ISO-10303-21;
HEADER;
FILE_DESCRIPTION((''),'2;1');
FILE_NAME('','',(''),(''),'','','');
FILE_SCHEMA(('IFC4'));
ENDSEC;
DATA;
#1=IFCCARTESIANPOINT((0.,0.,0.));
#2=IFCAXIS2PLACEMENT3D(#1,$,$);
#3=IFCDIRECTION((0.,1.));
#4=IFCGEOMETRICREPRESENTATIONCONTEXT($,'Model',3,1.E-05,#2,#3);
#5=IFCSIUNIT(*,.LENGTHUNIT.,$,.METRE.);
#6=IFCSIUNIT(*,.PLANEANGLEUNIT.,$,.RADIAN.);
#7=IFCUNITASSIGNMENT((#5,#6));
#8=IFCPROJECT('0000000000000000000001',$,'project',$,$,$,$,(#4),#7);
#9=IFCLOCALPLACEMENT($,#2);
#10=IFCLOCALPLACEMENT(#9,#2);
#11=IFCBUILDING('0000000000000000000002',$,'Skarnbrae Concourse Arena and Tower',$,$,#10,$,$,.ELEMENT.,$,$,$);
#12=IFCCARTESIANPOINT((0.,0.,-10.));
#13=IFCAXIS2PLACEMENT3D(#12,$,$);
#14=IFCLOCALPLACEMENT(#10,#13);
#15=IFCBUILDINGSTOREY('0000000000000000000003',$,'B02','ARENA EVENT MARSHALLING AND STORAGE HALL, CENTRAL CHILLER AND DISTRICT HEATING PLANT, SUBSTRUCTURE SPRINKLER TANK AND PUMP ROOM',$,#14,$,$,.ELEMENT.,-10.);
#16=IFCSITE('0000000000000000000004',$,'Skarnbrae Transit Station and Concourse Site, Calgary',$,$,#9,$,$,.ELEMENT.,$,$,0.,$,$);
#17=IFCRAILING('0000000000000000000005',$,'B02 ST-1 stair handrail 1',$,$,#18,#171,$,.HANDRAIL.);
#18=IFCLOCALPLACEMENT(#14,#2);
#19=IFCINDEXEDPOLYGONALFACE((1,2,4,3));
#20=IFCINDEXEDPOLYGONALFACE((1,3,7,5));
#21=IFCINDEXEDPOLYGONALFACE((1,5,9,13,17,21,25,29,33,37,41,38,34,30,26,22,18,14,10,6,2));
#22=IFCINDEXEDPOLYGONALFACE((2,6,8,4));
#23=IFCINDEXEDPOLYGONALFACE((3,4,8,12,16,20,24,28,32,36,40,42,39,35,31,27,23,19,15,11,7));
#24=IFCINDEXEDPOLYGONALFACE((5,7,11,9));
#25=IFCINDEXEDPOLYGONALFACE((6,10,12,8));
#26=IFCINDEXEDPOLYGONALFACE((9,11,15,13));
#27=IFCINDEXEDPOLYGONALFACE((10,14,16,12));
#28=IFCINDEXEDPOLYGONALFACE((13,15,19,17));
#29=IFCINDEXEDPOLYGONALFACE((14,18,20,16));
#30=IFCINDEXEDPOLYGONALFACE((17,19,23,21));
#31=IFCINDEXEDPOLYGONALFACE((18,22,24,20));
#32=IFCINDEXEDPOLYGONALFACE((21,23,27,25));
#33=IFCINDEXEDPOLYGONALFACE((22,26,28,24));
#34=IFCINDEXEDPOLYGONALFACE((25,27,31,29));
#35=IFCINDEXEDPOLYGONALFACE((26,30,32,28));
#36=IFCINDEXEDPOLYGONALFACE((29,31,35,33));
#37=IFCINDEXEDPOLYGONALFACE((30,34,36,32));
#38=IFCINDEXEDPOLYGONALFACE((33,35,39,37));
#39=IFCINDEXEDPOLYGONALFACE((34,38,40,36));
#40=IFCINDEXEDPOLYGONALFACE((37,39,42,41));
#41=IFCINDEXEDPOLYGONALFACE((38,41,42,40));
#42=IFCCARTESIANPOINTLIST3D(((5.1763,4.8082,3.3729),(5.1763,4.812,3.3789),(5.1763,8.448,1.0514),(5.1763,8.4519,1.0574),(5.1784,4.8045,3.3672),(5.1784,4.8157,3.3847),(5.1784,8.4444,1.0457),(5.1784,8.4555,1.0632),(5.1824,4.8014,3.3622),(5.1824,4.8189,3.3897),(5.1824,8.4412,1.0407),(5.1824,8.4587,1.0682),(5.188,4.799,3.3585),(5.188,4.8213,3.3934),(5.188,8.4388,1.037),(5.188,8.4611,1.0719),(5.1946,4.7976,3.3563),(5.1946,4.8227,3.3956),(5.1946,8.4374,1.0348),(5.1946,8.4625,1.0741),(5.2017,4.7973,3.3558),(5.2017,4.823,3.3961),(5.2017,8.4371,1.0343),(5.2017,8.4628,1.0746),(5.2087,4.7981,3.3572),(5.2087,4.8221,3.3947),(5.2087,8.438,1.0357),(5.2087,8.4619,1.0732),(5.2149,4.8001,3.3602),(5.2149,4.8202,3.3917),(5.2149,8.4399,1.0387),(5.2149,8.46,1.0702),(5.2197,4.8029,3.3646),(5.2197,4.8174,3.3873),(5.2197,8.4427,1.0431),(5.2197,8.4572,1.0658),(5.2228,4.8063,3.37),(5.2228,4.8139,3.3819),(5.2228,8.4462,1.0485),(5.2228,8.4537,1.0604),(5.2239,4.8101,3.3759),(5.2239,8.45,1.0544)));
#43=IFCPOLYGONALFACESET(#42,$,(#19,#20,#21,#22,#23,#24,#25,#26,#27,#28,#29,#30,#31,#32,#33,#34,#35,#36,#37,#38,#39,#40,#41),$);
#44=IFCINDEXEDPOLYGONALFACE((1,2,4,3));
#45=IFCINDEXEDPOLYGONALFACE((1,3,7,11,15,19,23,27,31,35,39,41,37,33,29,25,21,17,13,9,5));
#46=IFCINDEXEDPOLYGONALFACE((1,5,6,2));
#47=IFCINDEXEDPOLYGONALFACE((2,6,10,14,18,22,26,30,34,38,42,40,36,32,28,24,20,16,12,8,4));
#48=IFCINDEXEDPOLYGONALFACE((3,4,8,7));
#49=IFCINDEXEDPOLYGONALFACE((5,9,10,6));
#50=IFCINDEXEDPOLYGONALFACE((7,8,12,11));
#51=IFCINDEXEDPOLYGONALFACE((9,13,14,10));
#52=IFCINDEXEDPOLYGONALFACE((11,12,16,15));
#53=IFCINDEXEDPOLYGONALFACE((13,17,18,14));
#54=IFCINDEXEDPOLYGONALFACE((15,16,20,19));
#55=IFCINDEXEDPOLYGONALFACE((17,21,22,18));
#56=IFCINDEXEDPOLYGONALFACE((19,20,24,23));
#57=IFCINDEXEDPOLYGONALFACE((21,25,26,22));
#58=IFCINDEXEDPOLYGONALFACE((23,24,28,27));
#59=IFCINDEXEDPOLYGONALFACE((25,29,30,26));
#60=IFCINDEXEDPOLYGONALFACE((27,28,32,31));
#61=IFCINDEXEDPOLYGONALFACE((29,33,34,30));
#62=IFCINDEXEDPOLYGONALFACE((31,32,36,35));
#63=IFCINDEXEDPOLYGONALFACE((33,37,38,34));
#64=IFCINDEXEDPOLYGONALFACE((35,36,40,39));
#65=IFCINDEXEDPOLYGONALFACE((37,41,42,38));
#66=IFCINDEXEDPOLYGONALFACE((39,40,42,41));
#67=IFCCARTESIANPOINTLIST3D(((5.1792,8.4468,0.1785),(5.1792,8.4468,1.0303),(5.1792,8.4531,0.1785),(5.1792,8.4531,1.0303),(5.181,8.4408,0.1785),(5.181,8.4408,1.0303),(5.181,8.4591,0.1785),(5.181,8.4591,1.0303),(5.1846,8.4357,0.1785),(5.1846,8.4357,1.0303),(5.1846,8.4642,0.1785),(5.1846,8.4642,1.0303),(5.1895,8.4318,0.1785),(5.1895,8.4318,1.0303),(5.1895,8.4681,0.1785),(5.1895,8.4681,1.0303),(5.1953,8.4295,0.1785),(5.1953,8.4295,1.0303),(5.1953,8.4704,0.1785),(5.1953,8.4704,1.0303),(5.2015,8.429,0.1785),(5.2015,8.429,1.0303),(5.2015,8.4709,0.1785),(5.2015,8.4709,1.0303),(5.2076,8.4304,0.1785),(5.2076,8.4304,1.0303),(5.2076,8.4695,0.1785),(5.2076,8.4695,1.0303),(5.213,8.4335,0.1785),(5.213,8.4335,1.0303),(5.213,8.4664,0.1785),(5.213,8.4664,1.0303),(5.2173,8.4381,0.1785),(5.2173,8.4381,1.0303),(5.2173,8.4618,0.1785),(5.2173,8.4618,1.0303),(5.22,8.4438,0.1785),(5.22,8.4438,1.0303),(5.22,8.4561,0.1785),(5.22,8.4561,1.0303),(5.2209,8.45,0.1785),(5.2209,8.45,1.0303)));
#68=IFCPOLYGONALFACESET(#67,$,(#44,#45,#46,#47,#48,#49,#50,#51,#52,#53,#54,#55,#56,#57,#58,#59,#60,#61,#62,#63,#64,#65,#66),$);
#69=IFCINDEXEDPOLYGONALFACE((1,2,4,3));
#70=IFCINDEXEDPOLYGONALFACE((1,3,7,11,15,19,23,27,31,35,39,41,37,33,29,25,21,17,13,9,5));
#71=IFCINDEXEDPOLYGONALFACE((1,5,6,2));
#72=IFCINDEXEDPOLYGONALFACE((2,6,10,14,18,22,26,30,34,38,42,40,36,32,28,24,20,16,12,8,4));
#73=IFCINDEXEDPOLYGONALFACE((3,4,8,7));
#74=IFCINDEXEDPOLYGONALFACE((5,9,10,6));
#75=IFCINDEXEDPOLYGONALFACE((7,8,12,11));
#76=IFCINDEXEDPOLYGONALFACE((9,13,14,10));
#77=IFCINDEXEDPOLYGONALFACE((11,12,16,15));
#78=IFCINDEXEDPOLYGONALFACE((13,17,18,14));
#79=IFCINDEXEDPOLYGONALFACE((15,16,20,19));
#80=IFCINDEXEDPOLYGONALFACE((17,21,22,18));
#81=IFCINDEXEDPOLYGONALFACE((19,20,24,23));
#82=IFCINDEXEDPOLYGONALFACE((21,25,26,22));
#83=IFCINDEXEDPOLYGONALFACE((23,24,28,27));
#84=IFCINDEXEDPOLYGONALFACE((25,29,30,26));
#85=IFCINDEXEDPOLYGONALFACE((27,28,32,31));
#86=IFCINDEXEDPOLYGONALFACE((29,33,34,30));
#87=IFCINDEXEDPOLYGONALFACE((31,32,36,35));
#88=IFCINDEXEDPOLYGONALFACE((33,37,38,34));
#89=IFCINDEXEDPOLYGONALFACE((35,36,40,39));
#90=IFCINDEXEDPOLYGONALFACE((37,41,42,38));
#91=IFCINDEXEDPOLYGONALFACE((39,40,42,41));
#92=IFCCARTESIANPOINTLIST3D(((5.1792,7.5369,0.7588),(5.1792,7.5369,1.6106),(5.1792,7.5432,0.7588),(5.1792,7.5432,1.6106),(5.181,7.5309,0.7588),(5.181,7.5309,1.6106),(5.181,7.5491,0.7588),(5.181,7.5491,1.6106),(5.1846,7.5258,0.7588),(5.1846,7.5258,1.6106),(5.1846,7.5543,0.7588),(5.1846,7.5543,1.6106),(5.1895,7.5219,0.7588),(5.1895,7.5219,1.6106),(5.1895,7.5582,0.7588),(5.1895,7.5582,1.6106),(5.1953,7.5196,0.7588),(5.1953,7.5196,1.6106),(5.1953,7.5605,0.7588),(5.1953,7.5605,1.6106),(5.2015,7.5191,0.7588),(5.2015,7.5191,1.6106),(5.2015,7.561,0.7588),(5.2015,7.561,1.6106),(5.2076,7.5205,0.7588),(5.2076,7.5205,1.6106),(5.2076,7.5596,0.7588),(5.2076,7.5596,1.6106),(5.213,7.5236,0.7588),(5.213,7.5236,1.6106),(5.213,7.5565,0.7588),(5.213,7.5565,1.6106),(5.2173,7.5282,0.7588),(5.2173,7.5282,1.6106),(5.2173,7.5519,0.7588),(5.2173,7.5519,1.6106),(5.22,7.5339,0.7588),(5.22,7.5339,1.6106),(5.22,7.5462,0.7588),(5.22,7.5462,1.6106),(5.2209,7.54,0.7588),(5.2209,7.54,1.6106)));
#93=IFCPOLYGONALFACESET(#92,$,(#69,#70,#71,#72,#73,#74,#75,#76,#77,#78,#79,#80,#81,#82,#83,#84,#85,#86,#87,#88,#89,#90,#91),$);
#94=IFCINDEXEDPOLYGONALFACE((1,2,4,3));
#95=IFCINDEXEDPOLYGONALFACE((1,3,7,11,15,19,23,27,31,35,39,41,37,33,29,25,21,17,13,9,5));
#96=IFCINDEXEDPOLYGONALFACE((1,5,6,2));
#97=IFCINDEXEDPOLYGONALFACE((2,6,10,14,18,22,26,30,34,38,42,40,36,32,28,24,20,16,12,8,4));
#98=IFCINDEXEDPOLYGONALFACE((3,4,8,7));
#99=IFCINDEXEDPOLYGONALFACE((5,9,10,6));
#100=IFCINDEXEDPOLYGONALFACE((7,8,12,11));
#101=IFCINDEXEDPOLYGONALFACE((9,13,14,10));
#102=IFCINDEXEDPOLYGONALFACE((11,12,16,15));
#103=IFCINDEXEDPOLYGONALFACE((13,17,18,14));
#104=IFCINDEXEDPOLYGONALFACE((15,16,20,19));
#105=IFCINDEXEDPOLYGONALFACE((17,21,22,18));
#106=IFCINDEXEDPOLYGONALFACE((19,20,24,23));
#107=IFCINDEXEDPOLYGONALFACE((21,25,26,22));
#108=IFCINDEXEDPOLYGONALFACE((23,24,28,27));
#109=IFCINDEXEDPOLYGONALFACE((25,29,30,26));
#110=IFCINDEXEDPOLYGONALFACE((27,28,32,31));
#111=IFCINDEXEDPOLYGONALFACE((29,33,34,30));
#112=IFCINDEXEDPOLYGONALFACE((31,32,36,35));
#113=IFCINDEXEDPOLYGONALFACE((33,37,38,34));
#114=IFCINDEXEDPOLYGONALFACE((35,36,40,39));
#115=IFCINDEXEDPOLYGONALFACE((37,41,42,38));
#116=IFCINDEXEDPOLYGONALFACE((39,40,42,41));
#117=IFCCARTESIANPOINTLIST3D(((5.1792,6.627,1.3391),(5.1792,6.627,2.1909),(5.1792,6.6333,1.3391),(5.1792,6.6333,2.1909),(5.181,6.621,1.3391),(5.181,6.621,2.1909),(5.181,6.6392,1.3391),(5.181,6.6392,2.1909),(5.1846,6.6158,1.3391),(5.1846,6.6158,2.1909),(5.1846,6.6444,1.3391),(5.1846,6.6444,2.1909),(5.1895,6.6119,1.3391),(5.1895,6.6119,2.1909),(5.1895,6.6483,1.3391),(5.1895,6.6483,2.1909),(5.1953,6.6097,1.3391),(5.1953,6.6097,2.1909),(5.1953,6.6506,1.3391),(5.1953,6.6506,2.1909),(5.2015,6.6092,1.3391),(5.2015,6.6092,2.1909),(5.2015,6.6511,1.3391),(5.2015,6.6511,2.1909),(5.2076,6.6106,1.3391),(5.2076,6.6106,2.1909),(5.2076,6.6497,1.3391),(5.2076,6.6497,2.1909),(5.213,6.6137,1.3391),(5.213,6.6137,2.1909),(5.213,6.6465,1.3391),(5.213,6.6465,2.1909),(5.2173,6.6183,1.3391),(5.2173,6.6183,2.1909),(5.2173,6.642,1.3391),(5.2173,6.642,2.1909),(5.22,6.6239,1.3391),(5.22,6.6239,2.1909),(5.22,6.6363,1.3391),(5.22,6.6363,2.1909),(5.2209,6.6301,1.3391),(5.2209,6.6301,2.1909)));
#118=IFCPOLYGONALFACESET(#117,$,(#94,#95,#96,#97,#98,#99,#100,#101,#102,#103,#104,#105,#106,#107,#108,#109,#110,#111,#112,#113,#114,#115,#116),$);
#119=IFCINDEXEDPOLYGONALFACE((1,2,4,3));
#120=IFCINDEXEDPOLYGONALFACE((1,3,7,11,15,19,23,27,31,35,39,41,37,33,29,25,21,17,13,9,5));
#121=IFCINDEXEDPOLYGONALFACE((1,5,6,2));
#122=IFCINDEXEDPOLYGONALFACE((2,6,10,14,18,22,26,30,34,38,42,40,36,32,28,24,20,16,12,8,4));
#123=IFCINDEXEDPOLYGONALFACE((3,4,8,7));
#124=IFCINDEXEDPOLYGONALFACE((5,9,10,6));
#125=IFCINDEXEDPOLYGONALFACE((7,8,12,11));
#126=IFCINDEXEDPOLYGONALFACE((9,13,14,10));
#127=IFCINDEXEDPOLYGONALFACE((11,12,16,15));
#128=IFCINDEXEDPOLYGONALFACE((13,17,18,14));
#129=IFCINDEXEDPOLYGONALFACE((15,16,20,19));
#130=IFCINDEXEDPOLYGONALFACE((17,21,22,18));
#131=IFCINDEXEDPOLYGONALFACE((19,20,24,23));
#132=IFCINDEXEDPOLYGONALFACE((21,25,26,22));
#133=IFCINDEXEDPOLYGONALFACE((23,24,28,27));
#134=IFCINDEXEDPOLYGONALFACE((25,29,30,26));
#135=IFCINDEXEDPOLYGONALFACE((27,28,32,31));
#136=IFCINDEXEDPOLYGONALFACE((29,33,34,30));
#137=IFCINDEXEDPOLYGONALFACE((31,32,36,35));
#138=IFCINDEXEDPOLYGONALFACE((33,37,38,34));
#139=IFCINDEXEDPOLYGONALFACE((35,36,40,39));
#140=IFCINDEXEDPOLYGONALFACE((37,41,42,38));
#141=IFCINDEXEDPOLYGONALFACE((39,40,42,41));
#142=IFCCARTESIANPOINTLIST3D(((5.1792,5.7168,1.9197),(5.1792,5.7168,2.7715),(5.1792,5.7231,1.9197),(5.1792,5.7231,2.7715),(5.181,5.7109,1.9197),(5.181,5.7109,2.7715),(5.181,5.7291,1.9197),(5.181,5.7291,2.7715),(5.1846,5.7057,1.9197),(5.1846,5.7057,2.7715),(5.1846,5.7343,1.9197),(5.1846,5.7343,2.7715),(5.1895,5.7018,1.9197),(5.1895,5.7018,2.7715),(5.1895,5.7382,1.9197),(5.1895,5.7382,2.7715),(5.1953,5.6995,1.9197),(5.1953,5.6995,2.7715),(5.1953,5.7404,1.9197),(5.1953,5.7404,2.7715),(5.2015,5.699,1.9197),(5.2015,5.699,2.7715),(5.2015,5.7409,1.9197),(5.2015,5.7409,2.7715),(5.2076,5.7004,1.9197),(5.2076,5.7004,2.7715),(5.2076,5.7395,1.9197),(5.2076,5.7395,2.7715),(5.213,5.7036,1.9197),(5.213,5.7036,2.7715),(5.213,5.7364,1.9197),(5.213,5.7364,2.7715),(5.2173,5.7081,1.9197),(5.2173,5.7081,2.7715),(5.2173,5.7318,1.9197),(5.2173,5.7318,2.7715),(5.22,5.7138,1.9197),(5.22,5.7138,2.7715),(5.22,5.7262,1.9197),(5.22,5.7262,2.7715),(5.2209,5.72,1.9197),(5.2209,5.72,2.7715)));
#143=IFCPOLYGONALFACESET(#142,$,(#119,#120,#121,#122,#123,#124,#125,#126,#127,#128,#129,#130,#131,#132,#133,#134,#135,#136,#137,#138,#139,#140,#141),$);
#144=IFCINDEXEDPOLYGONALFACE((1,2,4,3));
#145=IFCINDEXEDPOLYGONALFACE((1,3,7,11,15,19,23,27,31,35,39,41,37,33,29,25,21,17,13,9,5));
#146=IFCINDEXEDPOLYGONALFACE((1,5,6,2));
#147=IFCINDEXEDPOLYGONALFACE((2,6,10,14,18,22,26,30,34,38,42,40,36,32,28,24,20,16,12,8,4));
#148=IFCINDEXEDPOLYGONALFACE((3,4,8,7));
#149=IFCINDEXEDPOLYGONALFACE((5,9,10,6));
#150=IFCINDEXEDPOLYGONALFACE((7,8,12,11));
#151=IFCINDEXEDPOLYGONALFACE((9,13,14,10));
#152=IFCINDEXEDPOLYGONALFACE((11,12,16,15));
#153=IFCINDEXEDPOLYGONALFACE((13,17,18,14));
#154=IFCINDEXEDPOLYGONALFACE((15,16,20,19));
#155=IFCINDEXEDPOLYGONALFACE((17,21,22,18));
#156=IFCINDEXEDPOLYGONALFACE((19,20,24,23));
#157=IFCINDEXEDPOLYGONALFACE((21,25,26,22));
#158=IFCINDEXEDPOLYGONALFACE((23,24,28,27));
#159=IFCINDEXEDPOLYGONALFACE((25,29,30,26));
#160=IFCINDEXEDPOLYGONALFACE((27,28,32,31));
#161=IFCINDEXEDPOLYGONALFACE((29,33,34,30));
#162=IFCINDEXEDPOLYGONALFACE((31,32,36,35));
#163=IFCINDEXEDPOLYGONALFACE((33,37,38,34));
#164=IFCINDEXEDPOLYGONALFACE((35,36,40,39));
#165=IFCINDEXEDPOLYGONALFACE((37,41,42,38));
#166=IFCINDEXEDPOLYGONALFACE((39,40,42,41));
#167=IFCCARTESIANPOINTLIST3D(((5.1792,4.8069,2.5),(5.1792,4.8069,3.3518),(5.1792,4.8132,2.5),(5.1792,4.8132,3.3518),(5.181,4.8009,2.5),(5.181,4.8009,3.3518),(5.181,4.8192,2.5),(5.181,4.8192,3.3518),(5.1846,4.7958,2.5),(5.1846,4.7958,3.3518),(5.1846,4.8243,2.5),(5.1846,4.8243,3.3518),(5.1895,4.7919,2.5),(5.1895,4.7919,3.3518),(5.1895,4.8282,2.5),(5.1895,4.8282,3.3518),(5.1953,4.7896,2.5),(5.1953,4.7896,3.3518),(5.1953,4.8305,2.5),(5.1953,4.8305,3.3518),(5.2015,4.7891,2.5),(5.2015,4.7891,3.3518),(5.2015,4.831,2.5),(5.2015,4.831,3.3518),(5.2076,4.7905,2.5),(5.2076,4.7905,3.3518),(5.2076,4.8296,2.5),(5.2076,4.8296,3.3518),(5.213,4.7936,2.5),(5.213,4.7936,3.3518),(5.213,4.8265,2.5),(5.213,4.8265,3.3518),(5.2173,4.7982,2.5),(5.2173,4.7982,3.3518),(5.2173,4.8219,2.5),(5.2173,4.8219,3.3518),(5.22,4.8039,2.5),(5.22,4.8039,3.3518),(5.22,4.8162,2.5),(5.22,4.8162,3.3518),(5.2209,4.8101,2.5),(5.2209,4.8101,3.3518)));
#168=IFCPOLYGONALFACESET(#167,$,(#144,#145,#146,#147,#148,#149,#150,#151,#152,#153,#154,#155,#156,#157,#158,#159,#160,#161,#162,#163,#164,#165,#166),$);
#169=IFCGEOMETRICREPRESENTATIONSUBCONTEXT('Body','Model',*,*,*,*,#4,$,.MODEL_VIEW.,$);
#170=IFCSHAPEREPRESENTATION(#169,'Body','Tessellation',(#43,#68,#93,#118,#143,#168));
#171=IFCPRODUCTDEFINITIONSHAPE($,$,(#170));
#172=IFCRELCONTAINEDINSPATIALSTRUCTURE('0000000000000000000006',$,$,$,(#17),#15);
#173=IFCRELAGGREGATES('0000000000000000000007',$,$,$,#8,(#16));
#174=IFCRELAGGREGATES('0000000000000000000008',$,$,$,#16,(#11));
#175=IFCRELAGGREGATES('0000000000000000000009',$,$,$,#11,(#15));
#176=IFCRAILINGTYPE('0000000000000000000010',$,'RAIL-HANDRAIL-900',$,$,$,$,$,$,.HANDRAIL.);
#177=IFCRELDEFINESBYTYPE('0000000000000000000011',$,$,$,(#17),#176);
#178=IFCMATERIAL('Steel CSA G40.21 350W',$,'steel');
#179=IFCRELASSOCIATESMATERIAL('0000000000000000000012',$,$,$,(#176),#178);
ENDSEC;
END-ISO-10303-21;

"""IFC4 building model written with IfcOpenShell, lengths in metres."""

from ifc_helpers import new_model, si_unit, direction, frame, origin, origin_2d, place, context, subcontext, project, spatial, circle, extrude, material, type_object, element, save


model = new_model("IFC4")

# Units and contexts
model_context = context("Model", 3, precision=1e-05, world=origin(), true_north=direction((0.0, 1.0)))
body_context = subcontext(model_context, "Body", "Model", "MODEL_VIEW")
ifc_project = project(units=[si_unit("LENGTHUNIT", "METRE"), si_unit("PLANEANGLEUNIT", "RADIAN")], contexts=[model_context])

# Site, building, storey
site_placement = place(None, origin())
site = spatial("IfcSite", under=ifc_project, at=site_placement, Name="Skarnbrae Transit Station and Concourse Site, Calgary", CompositionType="ELEMENT", RefElevation=0.0)
building_placement = place(site_placement, origin())
building = spatial("IfcBuilding", under=site, at=building_placement, Name="Skarnbrae Concourse Arena and Tower", CompositionType="ELEMENT")
storey_placement = place(building_placement, frame((0.0, 0.0, -10.0)))
storey = spatial("IfcBuildingStorey", under=building, at=storey_placement, Name="B02", Description="ARENA EVENT MARSHALLING AND STORAGE HALL, CENTRAL CHILLER AND DISTRICT HEATING PLANT, SUBSTRUCTURE SPRINKLER TANK AND PUMP ROOM", CompositionType="ELEMENT", Elevation=-10.0)

# Shared definitions
ifc_material_1 = material(Name="Steel CSA G40.21 350W", Category="steel")

# Railing
railing_type_1 = type_object("IfcRailingType", Name="RAIL-HANDRAIL-900", PredefinedType="HANDRAIL", material=ifc_material_1)
railing_1_placement = place(storey_placement, frame((5.2, 8.45, 0.1785)))
element("IfcRailing", 1, at=railing_1_placement, inside=storey, type_object=railing_type_1, Name="B02 ST-1 stair handrail 1", PredefinedType="HANDRAIL", context=body_context, shape_type="SweptSolid", body=[
    extrude(circle(Radius=0.0239, at=origin_2d()), frame((0.0, 0.0, 0.876), z_axis=(0.0, -0.843112, 0.537739), x_axis=(1.0, 0.0, 0.0)), (0.0, 0.0, 1.0), 4.3171),
    extrude(circle(Radius=0.021, at=origin_2d()), origin(), (0.0, 0.0, 1.0), 0.8518),
    extrude(circle(Radius=0.021, at=origin_2d()), frame((0.0, -0.9099, 0.5803)), (0.0, 0.0, 1.0), 0.8518),
    extrude(circle(Radius=0.021, at=origin_2d()), frame((0.0, -1.8198, 1.1606)), (0.0, 0.0, 1.0), 0.8518),
    extrude(circle(Radius=0.021, at=origin_2d()), frame((0.0, -2.73, 1.7412)), (0.0, 0.0, 1.0), 0.8518),
    extrude(circle(Radius=0.021, at=origin_2d()), frame((0.0, -3.6399, 2.3215)), (0.0, 0.0, 1.0), 0.8518),
])

save(model, "model.ifc")
